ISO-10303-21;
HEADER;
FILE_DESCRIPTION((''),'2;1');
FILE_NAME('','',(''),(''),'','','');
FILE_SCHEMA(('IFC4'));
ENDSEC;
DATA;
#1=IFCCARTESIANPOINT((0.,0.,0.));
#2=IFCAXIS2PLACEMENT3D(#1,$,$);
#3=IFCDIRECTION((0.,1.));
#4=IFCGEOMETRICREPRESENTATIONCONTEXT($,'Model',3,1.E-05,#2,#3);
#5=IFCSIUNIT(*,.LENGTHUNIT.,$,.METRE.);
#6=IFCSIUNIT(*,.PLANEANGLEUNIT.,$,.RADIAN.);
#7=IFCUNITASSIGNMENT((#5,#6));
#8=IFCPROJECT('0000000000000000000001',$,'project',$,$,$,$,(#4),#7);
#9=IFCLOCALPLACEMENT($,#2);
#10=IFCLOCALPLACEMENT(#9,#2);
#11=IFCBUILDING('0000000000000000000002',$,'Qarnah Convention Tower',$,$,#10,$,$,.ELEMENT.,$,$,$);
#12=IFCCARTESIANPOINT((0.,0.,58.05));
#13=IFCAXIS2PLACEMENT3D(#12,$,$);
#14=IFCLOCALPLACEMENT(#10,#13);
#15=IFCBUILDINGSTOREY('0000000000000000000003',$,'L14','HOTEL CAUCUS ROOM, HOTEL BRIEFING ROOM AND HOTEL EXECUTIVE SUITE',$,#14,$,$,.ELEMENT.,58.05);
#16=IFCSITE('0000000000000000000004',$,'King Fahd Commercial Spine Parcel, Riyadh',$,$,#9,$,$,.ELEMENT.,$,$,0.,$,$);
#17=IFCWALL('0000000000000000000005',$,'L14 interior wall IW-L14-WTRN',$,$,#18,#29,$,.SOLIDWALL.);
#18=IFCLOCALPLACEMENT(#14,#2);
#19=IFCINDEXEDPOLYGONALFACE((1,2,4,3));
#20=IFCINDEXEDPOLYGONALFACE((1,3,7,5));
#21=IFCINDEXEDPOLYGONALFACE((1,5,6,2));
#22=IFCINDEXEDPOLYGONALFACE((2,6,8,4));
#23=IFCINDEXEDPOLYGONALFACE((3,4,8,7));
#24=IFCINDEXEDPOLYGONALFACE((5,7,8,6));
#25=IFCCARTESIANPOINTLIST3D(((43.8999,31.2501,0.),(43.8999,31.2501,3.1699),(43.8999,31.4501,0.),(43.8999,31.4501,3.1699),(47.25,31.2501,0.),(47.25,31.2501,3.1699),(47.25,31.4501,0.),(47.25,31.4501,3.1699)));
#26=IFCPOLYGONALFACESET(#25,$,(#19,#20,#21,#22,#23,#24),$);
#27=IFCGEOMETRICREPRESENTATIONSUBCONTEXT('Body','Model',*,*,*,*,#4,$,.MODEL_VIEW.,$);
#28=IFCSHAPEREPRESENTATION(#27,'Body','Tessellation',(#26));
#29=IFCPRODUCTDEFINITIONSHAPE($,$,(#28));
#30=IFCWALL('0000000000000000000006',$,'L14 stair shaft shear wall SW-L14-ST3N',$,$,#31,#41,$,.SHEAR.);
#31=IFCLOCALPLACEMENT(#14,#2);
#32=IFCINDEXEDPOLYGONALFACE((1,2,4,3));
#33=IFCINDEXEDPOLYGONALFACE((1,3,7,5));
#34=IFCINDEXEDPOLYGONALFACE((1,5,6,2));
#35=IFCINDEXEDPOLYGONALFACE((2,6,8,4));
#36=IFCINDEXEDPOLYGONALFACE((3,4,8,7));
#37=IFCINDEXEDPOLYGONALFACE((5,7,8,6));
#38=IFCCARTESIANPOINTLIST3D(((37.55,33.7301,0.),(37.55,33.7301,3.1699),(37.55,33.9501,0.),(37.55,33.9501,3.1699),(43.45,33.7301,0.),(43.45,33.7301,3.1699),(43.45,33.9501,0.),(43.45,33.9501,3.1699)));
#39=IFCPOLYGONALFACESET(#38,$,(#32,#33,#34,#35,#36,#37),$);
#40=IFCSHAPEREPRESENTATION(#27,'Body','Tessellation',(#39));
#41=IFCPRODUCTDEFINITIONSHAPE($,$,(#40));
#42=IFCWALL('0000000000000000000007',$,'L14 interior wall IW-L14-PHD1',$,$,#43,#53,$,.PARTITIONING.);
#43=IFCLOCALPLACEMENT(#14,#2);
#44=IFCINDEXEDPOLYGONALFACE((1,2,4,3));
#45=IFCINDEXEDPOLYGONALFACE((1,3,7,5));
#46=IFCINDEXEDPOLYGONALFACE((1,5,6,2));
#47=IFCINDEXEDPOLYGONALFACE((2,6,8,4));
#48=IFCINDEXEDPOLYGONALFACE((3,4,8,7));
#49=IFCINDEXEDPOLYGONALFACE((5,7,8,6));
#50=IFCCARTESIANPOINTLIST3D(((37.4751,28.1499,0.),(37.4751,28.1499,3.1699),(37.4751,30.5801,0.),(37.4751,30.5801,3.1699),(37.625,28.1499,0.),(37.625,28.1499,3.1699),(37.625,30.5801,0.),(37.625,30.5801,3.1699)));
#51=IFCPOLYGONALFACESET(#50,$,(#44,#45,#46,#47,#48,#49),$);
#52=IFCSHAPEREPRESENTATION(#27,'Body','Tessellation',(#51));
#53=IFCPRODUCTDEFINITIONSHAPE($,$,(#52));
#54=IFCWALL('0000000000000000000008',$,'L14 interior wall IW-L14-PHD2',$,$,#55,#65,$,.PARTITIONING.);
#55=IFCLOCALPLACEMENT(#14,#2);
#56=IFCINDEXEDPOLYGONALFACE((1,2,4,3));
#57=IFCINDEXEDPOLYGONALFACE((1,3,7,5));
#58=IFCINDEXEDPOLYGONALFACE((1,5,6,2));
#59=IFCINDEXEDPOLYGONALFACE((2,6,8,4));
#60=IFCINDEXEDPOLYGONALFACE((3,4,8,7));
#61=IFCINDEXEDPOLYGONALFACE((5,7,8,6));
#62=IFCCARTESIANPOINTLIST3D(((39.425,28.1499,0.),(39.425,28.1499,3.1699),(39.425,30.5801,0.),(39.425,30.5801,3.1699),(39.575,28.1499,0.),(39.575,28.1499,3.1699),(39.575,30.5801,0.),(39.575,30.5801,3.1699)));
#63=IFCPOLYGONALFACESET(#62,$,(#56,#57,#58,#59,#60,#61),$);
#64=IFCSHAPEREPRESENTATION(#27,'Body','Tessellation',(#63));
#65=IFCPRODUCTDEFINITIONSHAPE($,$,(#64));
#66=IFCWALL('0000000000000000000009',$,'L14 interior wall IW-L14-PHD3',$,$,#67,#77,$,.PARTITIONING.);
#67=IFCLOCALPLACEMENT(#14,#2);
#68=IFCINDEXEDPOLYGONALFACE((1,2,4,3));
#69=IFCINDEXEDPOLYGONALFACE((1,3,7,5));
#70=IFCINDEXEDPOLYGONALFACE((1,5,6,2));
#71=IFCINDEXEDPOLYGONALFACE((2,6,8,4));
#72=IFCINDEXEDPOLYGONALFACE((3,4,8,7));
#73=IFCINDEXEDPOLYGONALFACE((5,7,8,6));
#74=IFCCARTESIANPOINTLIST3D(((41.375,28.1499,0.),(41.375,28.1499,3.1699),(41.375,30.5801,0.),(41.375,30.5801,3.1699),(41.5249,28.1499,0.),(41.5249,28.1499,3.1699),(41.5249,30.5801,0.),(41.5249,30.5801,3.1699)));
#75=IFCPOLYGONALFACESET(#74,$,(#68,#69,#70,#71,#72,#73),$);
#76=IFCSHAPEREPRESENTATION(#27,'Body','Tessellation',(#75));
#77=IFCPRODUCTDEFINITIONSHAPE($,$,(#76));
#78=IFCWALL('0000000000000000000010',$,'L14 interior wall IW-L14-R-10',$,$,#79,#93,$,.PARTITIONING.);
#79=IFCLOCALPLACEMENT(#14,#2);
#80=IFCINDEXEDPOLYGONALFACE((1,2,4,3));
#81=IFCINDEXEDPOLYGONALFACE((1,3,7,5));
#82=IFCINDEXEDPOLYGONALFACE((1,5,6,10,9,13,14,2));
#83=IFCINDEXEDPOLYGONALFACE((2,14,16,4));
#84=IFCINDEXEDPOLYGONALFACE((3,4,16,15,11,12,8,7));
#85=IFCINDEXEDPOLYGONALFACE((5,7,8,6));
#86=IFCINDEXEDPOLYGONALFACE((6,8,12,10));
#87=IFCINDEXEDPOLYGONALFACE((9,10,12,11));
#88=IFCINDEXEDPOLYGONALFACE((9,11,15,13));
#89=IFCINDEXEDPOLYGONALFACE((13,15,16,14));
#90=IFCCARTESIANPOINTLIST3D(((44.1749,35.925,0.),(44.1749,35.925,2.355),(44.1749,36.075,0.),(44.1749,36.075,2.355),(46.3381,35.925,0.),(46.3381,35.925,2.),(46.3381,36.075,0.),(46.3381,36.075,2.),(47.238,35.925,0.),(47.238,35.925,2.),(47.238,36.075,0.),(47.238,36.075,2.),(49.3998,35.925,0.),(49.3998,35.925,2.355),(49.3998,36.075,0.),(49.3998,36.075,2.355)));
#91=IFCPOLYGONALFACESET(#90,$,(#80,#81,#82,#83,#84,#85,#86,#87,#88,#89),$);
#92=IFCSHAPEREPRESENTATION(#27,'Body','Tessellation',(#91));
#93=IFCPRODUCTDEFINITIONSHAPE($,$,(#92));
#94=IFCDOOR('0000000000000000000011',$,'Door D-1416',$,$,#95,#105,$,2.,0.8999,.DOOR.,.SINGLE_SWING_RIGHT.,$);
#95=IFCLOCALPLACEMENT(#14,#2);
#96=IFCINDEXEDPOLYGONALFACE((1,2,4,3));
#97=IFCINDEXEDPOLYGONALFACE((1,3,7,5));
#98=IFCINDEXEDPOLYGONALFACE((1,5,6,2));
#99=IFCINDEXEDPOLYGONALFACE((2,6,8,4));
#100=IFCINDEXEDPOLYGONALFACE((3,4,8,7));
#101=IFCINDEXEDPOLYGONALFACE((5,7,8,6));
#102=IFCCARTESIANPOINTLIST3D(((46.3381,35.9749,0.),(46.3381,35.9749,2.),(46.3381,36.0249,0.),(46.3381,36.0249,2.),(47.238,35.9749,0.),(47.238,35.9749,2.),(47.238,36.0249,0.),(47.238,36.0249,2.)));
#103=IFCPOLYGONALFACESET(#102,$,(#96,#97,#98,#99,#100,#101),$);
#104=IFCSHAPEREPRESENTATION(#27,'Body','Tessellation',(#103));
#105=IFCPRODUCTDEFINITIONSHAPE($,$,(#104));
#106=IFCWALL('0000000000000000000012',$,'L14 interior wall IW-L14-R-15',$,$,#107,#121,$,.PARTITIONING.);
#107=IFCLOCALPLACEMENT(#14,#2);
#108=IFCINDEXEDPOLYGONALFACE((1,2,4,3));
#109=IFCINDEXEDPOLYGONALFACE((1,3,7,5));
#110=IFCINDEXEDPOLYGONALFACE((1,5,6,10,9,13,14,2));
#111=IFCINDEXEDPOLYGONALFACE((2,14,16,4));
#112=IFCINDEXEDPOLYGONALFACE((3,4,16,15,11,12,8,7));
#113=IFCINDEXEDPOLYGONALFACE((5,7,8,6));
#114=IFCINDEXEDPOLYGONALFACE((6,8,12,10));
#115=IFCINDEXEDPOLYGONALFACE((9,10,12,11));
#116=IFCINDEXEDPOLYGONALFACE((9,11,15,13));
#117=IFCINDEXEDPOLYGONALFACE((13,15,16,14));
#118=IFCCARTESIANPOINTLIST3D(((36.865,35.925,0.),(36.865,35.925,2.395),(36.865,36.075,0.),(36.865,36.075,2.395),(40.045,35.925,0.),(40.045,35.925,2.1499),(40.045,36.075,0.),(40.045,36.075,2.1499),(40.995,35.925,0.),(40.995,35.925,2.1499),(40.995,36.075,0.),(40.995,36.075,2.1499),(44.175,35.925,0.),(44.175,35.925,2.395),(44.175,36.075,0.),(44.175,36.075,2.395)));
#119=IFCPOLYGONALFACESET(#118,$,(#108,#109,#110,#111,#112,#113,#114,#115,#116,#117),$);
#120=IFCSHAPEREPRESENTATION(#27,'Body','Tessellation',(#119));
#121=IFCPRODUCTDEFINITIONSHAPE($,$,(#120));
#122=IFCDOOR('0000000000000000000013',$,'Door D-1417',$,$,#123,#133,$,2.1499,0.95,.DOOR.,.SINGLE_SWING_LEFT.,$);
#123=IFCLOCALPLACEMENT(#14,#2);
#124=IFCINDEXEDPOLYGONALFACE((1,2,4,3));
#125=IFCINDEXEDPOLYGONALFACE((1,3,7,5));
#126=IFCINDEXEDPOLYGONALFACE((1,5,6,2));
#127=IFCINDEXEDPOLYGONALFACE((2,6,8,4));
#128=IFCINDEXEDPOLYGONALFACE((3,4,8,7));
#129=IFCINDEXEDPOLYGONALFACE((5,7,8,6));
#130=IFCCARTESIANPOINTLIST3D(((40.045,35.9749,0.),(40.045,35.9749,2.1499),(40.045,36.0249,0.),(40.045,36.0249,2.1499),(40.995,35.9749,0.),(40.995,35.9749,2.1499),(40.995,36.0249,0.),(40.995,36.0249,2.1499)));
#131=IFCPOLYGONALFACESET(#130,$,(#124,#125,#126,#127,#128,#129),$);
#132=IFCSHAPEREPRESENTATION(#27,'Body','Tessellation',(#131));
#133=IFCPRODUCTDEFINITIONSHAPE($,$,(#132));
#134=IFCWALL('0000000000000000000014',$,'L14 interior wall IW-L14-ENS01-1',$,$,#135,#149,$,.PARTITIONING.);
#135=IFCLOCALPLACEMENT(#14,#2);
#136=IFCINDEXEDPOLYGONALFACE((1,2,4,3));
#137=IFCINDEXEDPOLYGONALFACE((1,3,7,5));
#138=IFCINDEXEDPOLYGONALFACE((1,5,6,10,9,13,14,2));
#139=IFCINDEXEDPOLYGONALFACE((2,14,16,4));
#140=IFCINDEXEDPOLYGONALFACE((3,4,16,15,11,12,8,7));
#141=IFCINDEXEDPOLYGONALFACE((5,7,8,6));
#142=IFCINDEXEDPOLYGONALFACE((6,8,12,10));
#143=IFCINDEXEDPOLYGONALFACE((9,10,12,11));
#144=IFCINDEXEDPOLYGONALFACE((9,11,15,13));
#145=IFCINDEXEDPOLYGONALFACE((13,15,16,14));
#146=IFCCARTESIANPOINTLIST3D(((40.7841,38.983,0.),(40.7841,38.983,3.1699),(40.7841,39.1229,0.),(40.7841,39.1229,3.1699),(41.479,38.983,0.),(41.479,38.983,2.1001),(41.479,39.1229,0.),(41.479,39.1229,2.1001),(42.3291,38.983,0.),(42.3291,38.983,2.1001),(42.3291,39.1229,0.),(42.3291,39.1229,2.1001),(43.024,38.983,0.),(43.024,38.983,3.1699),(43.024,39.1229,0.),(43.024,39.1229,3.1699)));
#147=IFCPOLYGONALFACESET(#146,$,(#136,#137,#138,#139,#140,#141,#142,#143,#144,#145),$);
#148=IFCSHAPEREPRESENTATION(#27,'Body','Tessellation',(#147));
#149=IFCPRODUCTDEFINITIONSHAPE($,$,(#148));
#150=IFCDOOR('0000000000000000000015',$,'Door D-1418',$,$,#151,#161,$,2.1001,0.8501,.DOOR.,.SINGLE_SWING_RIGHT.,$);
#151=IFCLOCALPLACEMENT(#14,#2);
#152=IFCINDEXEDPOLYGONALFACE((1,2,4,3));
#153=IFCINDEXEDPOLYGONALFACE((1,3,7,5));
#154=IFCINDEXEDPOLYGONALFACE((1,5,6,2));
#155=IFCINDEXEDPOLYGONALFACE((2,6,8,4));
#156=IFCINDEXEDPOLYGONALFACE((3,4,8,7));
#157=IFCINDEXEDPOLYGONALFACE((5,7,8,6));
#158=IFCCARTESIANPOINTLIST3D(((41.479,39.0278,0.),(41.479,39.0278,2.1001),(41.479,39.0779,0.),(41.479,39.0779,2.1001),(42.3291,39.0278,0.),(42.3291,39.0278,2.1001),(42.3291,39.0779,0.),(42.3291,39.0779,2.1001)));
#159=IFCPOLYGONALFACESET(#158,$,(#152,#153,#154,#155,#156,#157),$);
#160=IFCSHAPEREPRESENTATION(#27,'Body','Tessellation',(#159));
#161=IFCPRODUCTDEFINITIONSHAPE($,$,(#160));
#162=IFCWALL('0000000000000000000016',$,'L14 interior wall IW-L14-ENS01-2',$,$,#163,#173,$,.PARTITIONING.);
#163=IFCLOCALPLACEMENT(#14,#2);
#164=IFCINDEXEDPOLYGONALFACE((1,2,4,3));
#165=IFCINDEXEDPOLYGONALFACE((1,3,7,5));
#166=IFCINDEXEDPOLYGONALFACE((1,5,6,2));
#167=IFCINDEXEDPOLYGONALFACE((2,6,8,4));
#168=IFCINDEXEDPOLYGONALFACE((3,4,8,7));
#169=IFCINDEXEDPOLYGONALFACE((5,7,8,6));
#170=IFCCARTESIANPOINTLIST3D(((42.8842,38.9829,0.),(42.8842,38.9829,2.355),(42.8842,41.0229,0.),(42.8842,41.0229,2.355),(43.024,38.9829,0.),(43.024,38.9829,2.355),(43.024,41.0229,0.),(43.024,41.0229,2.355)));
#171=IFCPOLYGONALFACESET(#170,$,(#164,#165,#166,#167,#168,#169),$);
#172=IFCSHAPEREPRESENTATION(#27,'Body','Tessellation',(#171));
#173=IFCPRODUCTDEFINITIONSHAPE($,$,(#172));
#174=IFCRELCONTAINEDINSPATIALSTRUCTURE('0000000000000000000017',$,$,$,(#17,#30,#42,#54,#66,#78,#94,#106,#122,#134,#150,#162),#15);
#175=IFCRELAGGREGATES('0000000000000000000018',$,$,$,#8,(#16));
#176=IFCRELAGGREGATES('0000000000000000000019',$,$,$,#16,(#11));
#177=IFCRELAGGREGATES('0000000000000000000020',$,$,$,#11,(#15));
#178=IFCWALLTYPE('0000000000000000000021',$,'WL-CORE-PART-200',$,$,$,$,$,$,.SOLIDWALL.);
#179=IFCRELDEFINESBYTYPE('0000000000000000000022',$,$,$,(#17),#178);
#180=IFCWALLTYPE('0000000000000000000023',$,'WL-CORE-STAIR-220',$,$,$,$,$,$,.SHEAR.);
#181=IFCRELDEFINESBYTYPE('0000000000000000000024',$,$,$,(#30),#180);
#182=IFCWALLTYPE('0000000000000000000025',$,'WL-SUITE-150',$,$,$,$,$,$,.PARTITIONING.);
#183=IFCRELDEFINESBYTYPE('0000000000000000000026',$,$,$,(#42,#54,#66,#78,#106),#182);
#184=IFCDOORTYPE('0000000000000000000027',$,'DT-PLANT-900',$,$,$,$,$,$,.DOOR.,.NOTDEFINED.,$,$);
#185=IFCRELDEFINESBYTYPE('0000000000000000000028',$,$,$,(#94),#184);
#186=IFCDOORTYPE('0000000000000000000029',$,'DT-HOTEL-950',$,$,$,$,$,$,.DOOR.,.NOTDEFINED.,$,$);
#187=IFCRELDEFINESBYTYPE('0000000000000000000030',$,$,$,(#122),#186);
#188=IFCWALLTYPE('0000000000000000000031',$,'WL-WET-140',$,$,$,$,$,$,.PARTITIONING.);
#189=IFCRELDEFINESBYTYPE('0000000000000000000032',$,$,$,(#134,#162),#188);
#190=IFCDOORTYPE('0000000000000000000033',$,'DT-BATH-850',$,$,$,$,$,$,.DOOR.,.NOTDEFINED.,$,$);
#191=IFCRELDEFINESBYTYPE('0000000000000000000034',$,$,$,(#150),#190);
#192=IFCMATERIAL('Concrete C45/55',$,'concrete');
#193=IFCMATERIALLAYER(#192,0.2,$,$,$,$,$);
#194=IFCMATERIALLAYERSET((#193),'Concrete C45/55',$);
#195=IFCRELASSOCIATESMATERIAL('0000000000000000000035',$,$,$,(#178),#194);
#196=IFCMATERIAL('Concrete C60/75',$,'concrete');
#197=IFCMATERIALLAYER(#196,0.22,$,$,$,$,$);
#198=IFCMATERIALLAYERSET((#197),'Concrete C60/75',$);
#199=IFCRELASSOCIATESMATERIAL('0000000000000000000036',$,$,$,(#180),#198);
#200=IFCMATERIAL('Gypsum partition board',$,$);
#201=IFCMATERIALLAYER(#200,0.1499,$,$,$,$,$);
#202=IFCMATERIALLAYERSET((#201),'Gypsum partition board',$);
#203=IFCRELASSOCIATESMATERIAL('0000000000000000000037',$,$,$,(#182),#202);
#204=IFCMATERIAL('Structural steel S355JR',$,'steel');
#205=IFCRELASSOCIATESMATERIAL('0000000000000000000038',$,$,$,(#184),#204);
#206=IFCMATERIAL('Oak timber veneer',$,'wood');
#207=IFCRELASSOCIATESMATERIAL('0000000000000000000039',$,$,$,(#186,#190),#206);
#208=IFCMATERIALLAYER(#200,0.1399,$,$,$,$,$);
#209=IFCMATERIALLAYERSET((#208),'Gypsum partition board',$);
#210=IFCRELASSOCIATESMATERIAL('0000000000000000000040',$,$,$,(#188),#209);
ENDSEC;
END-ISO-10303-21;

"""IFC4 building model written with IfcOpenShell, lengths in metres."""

from ifc_helpers import new_model, si_unit, direction, frame, frame_2d, origin, place, context, subcontext, project, spatial, rectangle, extrude, material, layer, layer_set, type_object, element, fill, save


model = new_model("IFC4")

# Units and contexts
model_context = context("Model", 3, precision=1e-05, world=origin(), true_north=direction((0.0, 1.0)))
body_context = subcontext(model_context, "Body", "Model", "MODEL_VIEW")
ifc_project = project(units=[si_unit("LENGTHUNIT", "METRE"), si_unit("PLANEANGLEUNIT", "RADIAN")], contexts=[model_context])

# Site, building, storey
site_placement = place(None, origin())
site = spatial("IfcSite", under=ifc_project, at=site_placement, Name="King Fahd Commercial Spine Parcel, Riyadh", CompositionType="ELEMENT", RefElevation=0.0)
building_placement = place(site_placement, origin())
building = spatial("IfcBuilding", under=site, at=building_placement, Name="Qarnah Convention Tower", CompositionType="ELEMENT")
storey_placement = place(building_placement, frame((0.0, 0.0, 58.05)))
storey = spatial("IfcBuildingStorey", under=building, at=storey_placement, Name="L14", Description="HOTEL CAUCUS ROOM, HOTEL BRIEFING ROOM AND HOTEL EXECUTIVE SUITE", CompositionType="ELEMENT", Elevation=58.05)

# Shared definitions
ifc_material_1 = material(Name="Structural steel S355JR", Category="steel")

# Shared definitions
ifc_material_2 = material(Name="Concrete C45/55", Category="concrete")
ifc_layer_1 = layer(ifc_material_2, 0.2)
ifc_layer_set_1 = layer_set([ifc_layer_1], Name="Concrete C45/55")
wall_type_1 = type_object("IfcWallType", Name="WL-CORE-PART-200", PredefinedType="SOLIDWALL", material=ifc_layer_set_1)

# Walls
wall_1_placement = place(storey_placement, frame((43.8999, 31.3501, 0.0), z_axis=(0.0, 0.0, 1.0), x_axis=(1.0, 0.0, 0.0)))
element("IfcWall", 1, at=wall_1_placement, inside=storey, type_object=wall_type_1, Name="L14 interior wall IW-L14-WTRN", PredefinedType="SOLIDWALL", context=body_context, shape_type="SweptSolid", body=[
    extrude(rectangle(XDim=3.3501, YDim=0.2, at=frame_2d((1.675, 0.0))), origin(), (0.0, 0.0, 1.0), 3.1699),
])
ifc_material_3 = material(Name="Concrete C60/75", Category="concrete")
ifc_layer_2 = layer(ifc_material_3, 0.22)
ifc_layer_set_2 = layer_set([ifc_layer_2], Name="Concrete C60/75")
wall_type_2 = type_object("IfcWallType", Name="WL-CORE-STAIR-220", PredefinedType="SHEAR", material=ifc_layer_set_2)
wall_2_placement = place(storey_placement, frame((37.55, 33.8401, 0.0), z_axis=(0.0, 0.0, 1.0), x_axis=(1.0, 0.0, 0.0)))
element("IfcWall", 2, at=wall_2_placement, inside=storey, type_object=wall_type_2, Name="L14 stair shaft shear wall SW-L14-ST3N", PredefinedType="SHEAR", context=body_context, shape_type="SweptSolid", body=[
    extrude(rectangle(XDim=5.8999, YDim=0.22, at=frame_2d((2.95, 0.0))), origin(), (0.0, 0.0, 1.0), 3.1699),
])
ifc_material_4 = material(Name="Gypsum partition board")
ifc_layer_3 = layer(ifc_material_4, 0.1499)
ifc_layer_set_3 = layer_set([ifc_layer_3], Name="Gypsum partition board")
wall_type_3 = type_object("IfcWallType", Name="WL-SUITE-150", PredefinedType="PARTITIONING", material=ifc_layer_set_3)
for number, where, z_axis, x_axis, name in (
    (3, (37.55, 28.1499, 0.0), (0.0, 0.0, 1.0), (0.0, 1.0, 0.0), "L14 interior wall IW-L14-PHD1"),
    (4, (39.5, 28.1499, 0.0), (0.0, 0.0, 1.0), (0.0, 1.0, 0.0), "L14 interior wall IW-L14-PHD2"),
    (5, (41.45, 28.1499, 0.0), (0.0, 0.0, 1.0), (0.0, 1.0, 0.0), "L14 interior wall IW-L14-PHD3"),
):
    element("IfcWall", number, at=place(storey_placement, frame(where, z_axis=z_axis, x_axis=x_axis)), inside=storey, type_object=wall_type_3, Name=name, PredefinedType="PARTITIONING", context=body_context, shape_type="SweptSolid", body=[
        extrude(rectangle(XDim=2.4302, YDim=0.1499, at=frame_2d((1.2151, 0.0))), origin(), (0.0, 0.0, 1.0), 3.1699),
    ])

# Walls, openings, doors
wall_3_placement = place(storey_placement, frame((44.175, 36.0, 0.0), z_axis=(0.0, 0.0, 1.0), x_axis=(1.0, 0.0, 0.0)))
wall_3 = element("IfcWall", 6, at=wall_3_placement, inside=storey, type_object=wall_type_3, Name="L14 interior wall IW-L14-R-10", PredefinedType="PARTITIONING", context=body_context, shape_type="SweptSolid", body=[
    extrude(rectangle(XDim=5.2249, YDim=0.1499, at=frame_2d((2.6123, 0.0))), origin(), (0.0, 0.0, 1.0), 2.355),
])
opening_1_placement = place(wall_3_placement, frame((2.1631, 0.0, 0.0)))
opening_1 = element("IfcOpeningElement", 7, at=opening_1_placement, cuts=wall_3, PredefinedType="OPENING", context=body_context, shape_type="SweptSolid", body=[
    extrude(rectangle(XDim=0.8999, YDim=2.0, at=frame_2d((0.45, 1.0))), frame((0.0, 0.085, 0.0), z_axis=(0.0, -1.0, 0.0), x_axis=(1.0, 0.0, 0.0)), (0.0, 0.0, 1.0), 0.1699),
])
door_type_1 = type_object("IfcDoorType", Name="DT-PLANT-900", OperationType="NOTDEFINED", PredefinedType="DOOR", material=ifc_material_1)
door_1_placement = place(opening_1_placement, origin())
door_1 = element("IfcDoor", 8, at=door_1_placement, inside=storey, type_object=door_type_1, Name="Door D-1416", OperationType="SINGLE_SWING_RIGHT", OverallHeight=2.0, OverallWidth=0.8999, PredefinedType="DOOR", context=body_context, shape_type="SweptSolid", body=[
    extrude(rectangle(XDim=0.8999, YDim=2.0, at=frame_2d((0.45, 1.0))), frame((0.0, 0.0249, 0.0), z_axis=(0.0, -1.0, 0.0), x_axis=(1.0, 0.0, 0.0)), (0.0, 0.0, 1.0), 0.05),
])
fill(opening_1, door_1)
wall_4_placement = place(storey_placement, frame((36.865, 36.0, 0.0), z_axis=(0.0, 0.0, 1.0), x_axis=(1.0, 0.0, 0.0)))
wall_4 = element("IfcWall", 9, at=wall_4_placement, inside=storey, type_object=wall_type_3, Name="L14 interior wall IW-L14-R-15", PredefinedType="PARTITIONING", context=body_context, shape_type="SweptSolid", body=[
    extrude(rectangle(XDim=7.3101, YDim=0.1499, at=frame_2d((3.655, 0.0))), origin(), (0.0, 0.0, 1.0), 2.395),
])
opening_2_placement = place(wall_4_placement, frame((3.1799, 0.0, 0.0)))
opening_2 = element("IfcOpeningElement", 10, at=opening_2_placement, cuts=wall_4, PredefinedType="OPENING", context=body_context, shape_type="SweptSolid", body=[
    extrude(rectangle(XDim=0.95, YDim=2.1499, at=frame_2d((0.4751, 1.075))), frame((0.0, 0.085, 0.0), z_axis=(0.0, -1.0, 0.0), x_axis=(1.0, 0.0, 0.0)), (0.0, 0.0, 1.0), 0.1699),
])
ifc_material_5 = material(Name="Oak timber veneer", Category="wood")
door_type_2 = type_object("IfcDoorType", Name="DT-HOTEL-950", OperationType="NOTDEFINED", PredefinedType="DOOR", material=ifc_material_5)
door_2_placement = place(opening_2_placement, origin())
door_2 = element("IfcDoor", 11, at=door_2_placement, inside=storey, type_object=door_type_2, Name="Door D-1417", OperationType="SINGLE_SWING_LEFT", OverallHeight=2.1499, OverallWidth=0.95, PredefinedType="DOOR", context=body_context, shape_type="SweptSolid", body=[
    extrude(rectangle(XDim=0.95, YDim=2.1499, at=frame_2d((0.4751, 1.075))), frame((0.0, 0.0249, 0.0), z_axis=(0.0, -1.0, 0.0), x_axis=(1.0, 0.0, 0.0)), (0.0, 0.0, 1.0), 0.05),
])
fill(opening_2, door_2)
ifc_layer_4 = layer(ifc_material_4, 0.1399)
ifc_layer_set_4 = layer_set([ifc_layer_4], Name="Gypsum partition board")
wall_type_4 = type_object("IfcWallType", Name="WL-WET-140", PredefinedType="PARTITIONING", material=ifc_layer_set_4)
wall_5_placement = place(storey_placement, frame((40.7839, 39.053, 0.0), z_axis=(0.0, 0.0, 1.0), x_axis=(1.0, 0.0, 0.0)))
wall_5 = element("IfcWall", 12, at=wall_5_placement, inside=storey, type_object=wall_type_4, Name="L14 interior wall IW-L14-ENS01-1", PredefinedType="PARTITIONING", context=body_context, shape_type="SweptSolid", body=[
    extrude(rectangle(XDim=2.24, YDim=0.1399, at=frame_2d((1.1201, 0.0))), origin(), (0.0, 0.0, 1.0), 3.1699),
])
opening_3_placement = place(wall_5_placement, frame((0.6951, 0.0, 0.0)))
opening_3 = element("IfcOpeningElement", 13, at=opening_3_placement, cuts=wall_5, PredefinedType="OPENING", context=body_context, shape_type="SweptSolid", body=[
    extrude(rectangle(XDim=0.8501, YDim=2.1001, at=frame_2d((0.425, 1.05))), frame((0.0, 0.0798, 0.0), z_axis=(0.0, -1.0, 0.0), x_axis=(1.0, 0.0, 0.0)), (0.0, 0.0, 1.0), 0.1599),
])
door_type_3 = type_object("IfcDoorType", Name="DT-BATH-850", OperationType="NOTDEFINED", PredefinedType="DOOR", material=ifc_material_5)
door_3_placement = place(opening_3_placement, origin())
door_3 = element("IfcDoor", 14, at=door_3_placement, inside=storey, type_object=door_type_3, Name="Door D-1418", OperationType="SINGLE_SWING_RIGHT", OverallHeight=2.1001, OverallWidth=0.8501, PredefinedType="DOOR", context=body_context, shape_type="SweptSolid", body=[
    extrude(rectangle(XDim=0.8501, YDim=2.1001, at=frame_2d((0.425, 1.05))), frame((0.0, 0.0249, 0.0), z_axis=(0.0, -1.0, 0.0), x_axis=(1.0, 0.0, 0.0)), (0.0, 0.0, 1.0), 0.05),
])
fill(opening_3, door_3)

# Wall
wall_6_placement = place(storey_placement, frame((42.9541, 38.9829, 0.0), z_axis=(0.0, 0.0, 1.0), x_axis=(0.0, 1.0, 0.0)))
element("IfcWall", 15, at=wall_6_placement, inside=storey, type_object=wall_type_4, Name="L14 interior wall IW-L14-ENS01-2", PredefinedType="PARTITIONING", context=body_context, shape_type="SweptSolid", body=[
    extrude(rectangle(XDim=2.04, YDim=0.1399, at=frame_2d((1.02, 0.0))), origin(), (0.0, 0.0, 1.0), 2.355),
])

save(model, "model.ifc")
